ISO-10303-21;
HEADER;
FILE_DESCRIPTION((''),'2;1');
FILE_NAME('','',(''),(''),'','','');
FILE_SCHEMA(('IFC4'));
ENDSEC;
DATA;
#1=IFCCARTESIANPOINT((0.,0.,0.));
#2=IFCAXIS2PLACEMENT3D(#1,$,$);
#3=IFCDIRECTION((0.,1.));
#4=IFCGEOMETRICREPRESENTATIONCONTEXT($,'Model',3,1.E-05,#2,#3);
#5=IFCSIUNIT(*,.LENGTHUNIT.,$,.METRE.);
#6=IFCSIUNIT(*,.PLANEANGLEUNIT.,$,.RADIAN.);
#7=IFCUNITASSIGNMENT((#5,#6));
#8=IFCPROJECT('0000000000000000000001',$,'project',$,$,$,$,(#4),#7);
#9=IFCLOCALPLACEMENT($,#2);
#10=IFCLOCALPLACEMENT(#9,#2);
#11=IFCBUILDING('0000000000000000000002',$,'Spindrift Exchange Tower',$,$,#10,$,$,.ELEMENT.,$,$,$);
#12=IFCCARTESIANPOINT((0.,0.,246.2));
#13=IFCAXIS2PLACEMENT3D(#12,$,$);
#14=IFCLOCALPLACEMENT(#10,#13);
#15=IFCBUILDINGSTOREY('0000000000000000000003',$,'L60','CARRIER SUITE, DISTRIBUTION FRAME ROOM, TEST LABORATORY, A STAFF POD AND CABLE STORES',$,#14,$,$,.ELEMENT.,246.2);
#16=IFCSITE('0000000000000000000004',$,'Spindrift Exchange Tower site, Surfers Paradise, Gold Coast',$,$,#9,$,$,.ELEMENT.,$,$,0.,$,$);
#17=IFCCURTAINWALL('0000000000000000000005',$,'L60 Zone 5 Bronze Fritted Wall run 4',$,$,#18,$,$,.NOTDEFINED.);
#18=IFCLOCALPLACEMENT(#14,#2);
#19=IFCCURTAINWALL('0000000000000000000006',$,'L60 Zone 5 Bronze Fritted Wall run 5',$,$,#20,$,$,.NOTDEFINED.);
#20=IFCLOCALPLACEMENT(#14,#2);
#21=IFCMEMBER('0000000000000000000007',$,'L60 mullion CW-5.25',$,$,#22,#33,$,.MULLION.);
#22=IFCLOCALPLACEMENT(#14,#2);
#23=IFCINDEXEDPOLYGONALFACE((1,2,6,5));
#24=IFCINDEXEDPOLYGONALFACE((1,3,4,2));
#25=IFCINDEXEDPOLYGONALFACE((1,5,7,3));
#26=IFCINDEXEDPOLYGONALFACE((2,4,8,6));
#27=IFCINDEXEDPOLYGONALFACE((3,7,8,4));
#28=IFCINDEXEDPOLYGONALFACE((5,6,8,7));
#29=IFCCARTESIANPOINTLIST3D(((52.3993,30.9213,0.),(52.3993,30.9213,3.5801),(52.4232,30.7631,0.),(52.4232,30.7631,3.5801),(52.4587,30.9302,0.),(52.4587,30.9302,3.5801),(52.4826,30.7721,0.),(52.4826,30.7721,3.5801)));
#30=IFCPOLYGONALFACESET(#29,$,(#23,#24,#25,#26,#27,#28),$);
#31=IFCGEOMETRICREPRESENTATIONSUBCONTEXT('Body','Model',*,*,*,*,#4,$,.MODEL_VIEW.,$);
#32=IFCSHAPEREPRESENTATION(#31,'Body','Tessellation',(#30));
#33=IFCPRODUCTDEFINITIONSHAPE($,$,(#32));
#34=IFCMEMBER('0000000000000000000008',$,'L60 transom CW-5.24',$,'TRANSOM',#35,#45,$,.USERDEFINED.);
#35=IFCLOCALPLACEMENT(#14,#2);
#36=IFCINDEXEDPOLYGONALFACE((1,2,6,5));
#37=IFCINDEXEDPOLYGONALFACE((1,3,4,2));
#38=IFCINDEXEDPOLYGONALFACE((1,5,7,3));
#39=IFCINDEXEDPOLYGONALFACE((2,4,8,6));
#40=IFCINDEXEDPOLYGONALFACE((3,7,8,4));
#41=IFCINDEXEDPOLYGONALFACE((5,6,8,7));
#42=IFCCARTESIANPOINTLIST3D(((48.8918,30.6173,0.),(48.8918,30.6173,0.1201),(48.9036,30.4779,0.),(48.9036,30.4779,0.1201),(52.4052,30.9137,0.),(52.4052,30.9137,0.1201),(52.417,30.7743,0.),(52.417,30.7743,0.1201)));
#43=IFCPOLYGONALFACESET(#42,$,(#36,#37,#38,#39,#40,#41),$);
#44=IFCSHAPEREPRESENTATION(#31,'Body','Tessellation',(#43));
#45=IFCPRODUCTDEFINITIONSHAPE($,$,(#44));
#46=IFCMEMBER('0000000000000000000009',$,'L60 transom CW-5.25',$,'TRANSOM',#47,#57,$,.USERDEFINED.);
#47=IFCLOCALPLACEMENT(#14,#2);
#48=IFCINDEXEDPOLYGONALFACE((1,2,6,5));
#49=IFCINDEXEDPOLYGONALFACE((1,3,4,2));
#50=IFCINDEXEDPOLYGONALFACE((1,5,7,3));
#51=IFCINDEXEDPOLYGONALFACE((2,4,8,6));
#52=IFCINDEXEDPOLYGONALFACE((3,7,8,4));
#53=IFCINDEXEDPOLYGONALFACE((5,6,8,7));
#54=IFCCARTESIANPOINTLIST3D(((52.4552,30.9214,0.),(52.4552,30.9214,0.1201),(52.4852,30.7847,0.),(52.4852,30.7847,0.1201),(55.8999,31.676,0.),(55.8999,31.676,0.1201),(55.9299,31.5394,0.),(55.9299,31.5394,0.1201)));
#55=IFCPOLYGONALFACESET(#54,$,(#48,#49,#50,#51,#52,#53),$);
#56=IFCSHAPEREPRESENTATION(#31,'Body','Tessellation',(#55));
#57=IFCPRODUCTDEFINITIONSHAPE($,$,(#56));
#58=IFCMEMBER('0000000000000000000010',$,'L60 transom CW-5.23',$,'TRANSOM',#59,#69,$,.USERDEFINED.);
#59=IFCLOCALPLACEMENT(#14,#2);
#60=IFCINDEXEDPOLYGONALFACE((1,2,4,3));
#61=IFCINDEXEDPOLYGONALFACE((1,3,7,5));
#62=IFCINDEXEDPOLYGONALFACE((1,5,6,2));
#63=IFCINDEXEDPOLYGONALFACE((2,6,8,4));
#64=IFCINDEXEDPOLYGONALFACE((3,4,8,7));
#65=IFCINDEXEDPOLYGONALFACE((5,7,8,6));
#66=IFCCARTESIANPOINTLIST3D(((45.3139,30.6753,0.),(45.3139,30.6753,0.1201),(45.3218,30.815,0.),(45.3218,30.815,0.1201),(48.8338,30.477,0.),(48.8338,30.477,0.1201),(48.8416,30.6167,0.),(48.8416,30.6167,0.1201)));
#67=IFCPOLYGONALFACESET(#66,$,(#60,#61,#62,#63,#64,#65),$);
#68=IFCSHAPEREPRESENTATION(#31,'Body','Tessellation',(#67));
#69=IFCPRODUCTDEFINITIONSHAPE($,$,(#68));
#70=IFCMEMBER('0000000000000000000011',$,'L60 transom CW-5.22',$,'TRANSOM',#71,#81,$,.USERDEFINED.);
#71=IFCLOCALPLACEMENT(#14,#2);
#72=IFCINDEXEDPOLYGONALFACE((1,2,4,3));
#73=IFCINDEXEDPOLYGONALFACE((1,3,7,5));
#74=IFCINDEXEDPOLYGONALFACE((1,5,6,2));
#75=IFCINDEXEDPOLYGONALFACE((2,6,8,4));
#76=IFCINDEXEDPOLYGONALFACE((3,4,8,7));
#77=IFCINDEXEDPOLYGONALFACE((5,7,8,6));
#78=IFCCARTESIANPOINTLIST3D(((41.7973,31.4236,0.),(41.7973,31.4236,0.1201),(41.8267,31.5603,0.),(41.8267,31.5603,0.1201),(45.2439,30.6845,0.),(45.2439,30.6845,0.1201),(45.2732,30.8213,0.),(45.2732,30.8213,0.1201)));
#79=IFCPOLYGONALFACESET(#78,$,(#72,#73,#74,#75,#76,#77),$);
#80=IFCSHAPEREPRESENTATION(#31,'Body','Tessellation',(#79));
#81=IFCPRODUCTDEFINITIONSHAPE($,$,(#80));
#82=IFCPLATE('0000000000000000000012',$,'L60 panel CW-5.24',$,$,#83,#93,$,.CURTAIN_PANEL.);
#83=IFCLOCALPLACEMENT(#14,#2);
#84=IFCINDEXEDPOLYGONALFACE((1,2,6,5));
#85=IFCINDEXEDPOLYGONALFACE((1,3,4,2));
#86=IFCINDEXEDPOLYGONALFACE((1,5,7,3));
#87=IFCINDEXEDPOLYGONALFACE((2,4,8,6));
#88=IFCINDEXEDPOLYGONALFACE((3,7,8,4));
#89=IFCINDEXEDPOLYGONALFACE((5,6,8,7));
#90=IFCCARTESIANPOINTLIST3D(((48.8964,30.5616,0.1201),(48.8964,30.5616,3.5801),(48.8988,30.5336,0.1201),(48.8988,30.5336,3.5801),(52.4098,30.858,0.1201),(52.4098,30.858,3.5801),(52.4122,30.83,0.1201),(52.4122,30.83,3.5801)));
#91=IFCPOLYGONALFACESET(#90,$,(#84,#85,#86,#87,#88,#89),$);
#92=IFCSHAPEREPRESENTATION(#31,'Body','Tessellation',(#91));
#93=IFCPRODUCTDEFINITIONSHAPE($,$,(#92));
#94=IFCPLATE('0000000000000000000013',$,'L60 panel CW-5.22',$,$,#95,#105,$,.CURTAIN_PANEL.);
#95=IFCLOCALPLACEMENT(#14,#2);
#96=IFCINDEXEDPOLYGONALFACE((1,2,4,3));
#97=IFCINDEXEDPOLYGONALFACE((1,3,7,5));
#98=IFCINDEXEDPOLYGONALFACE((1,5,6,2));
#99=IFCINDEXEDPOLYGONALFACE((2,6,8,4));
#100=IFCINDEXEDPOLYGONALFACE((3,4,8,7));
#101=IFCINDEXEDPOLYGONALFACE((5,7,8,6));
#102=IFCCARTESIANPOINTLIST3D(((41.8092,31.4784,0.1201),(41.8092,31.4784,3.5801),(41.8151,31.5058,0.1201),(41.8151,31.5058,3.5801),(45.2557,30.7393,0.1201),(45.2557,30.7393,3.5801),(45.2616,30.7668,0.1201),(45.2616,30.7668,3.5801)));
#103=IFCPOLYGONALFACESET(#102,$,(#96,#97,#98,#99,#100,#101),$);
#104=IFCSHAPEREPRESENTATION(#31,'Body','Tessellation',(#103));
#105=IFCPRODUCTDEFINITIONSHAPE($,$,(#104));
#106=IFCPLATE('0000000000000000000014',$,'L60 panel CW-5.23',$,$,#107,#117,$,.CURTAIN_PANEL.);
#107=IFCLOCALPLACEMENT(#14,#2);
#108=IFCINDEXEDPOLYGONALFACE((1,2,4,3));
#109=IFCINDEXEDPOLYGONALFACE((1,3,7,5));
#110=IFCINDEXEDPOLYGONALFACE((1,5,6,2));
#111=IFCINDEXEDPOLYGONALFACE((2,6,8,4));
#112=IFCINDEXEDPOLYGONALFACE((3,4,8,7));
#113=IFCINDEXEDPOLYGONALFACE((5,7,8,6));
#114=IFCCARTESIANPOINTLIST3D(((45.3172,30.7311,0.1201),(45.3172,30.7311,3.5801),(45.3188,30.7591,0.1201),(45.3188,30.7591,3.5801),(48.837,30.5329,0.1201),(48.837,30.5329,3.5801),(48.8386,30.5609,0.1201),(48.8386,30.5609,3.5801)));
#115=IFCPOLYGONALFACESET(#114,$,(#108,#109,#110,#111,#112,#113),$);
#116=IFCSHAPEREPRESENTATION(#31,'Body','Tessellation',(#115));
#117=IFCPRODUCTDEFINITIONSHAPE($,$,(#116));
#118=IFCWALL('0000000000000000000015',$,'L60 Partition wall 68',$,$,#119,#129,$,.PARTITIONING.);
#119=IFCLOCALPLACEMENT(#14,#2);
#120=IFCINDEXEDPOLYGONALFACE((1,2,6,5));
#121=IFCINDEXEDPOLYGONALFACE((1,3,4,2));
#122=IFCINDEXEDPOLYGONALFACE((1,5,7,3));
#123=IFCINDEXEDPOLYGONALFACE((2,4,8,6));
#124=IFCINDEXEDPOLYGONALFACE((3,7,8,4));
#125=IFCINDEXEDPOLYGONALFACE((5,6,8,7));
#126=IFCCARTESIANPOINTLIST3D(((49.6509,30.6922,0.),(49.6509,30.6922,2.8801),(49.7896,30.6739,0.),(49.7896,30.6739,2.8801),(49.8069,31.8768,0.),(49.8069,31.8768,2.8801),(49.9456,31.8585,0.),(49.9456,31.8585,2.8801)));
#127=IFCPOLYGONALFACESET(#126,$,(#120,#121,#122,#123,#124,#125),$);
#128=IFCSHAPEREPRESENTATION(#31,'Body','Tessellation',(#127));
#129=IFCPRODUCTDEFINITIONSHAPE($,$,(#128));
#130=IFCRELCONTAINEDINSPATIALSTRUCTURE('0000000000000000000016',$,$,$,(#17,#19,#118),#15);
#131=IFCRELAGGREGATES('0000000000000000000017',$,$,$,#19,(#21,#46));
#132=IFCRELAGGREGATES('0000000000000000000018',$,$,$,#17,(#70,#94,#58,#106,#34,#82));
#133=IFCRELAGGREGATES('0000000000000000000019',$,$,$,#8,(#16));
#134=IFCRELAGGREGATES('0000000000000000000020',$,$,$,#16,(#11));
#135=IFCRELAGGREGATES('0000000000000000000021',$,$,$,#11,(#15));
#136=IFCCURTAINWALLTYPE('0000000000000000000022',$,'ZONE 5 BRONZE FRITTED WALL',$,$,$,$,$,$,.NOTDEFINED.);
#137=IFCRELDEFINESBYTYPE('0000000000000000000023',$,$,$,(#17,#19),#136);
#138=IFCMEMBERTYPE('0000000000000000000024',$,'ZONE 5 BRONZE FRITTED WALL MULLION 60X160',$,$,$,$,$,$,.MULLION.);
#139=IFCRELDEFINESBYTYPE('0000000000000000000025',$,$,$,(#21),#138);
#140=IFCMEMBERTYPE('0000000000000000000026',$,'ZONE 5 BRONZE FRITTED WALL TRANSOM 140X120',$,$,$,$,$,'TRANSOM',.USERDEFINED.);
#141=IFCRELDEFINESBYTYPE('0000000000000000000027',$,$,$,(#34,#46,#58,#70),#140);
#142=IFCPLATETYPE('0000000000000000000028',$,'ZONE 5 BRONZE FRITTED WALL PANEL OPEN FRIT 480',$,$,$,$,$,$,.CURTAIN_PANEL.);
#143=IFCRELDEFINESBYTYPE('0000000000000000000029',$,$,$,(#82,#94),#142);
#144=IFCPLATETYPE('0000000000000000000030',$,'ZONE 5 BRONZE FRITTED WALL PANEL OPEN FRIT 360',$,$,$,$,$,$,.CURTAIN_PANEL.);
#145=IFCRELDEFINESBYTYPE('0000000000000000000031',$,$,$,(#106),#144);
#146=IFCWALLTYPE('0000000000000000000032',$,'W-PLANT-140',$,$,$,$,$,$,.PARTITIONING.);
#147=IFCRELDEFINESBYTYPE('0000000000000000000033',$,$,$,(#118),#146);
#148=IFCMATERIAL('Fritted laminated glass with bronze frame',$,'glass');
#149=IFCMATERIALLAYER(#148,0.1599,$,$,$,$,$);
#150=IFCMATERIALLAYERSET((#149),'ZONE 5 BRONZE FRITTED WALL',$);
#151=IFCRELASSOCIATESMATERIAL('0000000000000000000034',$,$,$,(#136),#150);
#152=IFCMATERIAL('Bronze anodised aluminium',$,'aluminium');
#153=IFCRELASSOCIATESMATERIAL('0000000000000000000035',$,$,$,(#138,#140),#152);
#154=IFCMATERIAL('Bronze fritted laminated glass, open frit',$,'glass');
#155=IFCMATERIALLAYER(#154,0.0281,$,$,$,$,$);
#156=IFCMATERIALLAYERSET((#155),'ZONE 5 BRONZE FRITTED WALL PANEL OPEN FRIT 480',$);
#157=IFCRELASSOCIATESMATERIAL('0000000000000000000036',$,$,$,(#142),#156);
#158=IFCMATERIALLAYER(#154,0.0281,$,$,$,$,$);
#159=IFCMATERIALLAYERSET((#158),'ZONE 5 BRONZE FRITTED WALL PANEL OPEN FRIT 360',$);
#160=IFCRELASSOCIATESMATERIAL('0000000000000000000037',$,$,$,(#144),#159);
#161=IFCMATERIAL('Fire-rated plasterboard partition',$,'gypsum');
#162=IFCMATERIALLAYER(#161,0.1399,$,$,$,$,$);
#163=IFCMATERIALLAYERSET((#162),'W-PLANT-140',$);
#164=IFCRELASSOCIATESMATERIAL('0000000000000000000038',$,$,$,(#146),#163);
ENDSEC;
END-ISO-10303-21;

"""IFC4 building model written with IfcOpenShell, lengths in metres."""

from ifc_helpers import new_model, si_unit, direction, frame, frame_2d, origin, origin_2d, place, context, subcontext, project, spatial, rectangle, extrude, source, transform, mapped, material, layer, layer_set, material_profile, profile_set, type_object, element, aggregate, save


model = new_model("IFC4")

# Units and contexts
model_context = context("Model", 3, precision=1e-05, world=origin(), true_north=direction((0.0, 1.0)))
body_context = subcontext(model_context, "Body", "Model", "MODEL_VIEW")
ifc_project = project(units=[si_unit("LENGTHUNIT", "METRE"), si_unit("PLANEANGLEUNIT", "RADIAN")], contexts=[model_context])

# Site, building, storey
site_placement = place(None, origin())
site = spatial("IfcSite", under=ifc_project, at=site_placement, Name="Spindrift Exchange Tower site, Surfers Paradise, Gold Coast", CompositionType="ELEMENT", RefElevation=0.0)
building_placement = place(site_placement, origin())
building = spatial("IfcBuilding", under=site, at=building_placement, Name="Spindrift Exchange Tower", CompositionType="ELEMENT")
storey_placement = place(building_placement, frame((0.0, 0.0, 246.2)))
storey = spatial("IfcBuildingStorey", under=building, at=storey_placement, Name="L60", Description="CARRIER SUITE, DISTRIBUTION FRAME ROOM, TEST LABORATORY, A STAFF POD AND CABLE STORES", CompositionType="ELEMENT", Elevation=246.2)

# Curtain wall
ifc_material_1 = material(Name="Fritted laminated glass with bronze frame", Category="glass")
ifc_layer_1 = layer(ifc_material_1, 0.1599)
ifc_layer_set_1 = layer_set([ifc_layer_1], Name="ZONE 5 BRONZE FRITTED WALL")
curtain_wall_type = type_object("IfcCurtainWallType", Name="ZONE 5 BRONZE FRITTED WALL", PredefinedType="NOTDEFINED", material=ifc_layer_set_1)
curtain_wall_1_placement = place(storey_placement, origin())
curtain_wall_1 = element("IfcCurtainWall", 1, at=curtain_wall_1_placement, inside=storey, type_object=curtain_wall_type, Name="L60 Zone 5 Bronze Fritted Wall run 4", PredefinedType="NOTDEFINED")
ifc_material_2 = material(Name="Bronze anodised aluminium", Category="aluminium")
ifc_material_profile_1 = material_profile(ifc_material_2, rectangle(XDim=0.0601, YDim=0.1599, at=origin_2d()), Name="ZONE 5 BRONZE FRITTED WALL MULLION 60X160")
ifc_profile_set_1 = profile_set([ifc_material_profile_1], Name="Bronze anodised aluminium")
member_type_1 = type_object("IfcMemberType", Name="ZONE 5 BRONZE FRITTED WALL MULLION 60X160", PredefinedType="MULLION", material=ifc_profile_set_1)
shared_shape_1 = source(origin(), body_context, "Body", "SweptSolid", [
    extrude(rectangle(XDim=0.0601, YDim=0.1599, at=origin_2d()), origin(), (0.0, 0.0, 1.0), 3.5801),
])

# Curtain wall, member
curtain_wall_2_placement = place(storey_placement, origin())
curtain_wall_2 = element("IfcCurtainWall", 2, at=curtain_wall_2_placement, inside=storey, type_object=curtain_wall_type, Name="L60 Zone 5 Bronze Fritted Wall run 5", PredefinedType="NOTDEFINED")
member_1_placement = place(storey_placement, frame((52.4409, 30.8467, 0.0), z_axis=(0.0, 0.0, 1.0), x_axis=(0.988784, 0.149353, 0.0)))
member_1 = element("IfcMember", 3, at=member_1_placement, type_object=member_type_1, Name="L60 mullion CW-5.25", PredefinedType="MULLION", context=body_context, shape_type="MappedRepresentation", body=[
    mapped(shared_shape_1, transform((0.0, 0.0, 0.0), scale=1.0)),
])

# Members
ifc_material_profile_2 = material_profile(ifc_material_2, rectangle(XDim=0.1399, YDim=0.1201, at=origin_2d()), Name="ZONE 5 BRONZE FRITTED WALL TRANSOM 140X120")
ifc_profile_set_2 = profile_set([ifc_material_profile_2], Name="Bronze anodised aluminium")
member_type_2 = type_object("IfcMemberType", Name="ZONE 5 BRONZE FRITTED WALL TRANSOM 140X120", ElementType="TRANSOM", PredefinedType="USERDEFINED", material=ifc_profile_set_2)
shared_shape_2 = source(origin(), body_context, "Body", "SweptSolid", [
    extrude(rectangle(XDim=0.1399, YDim=0.1201, at=origin_2d()), origin(), (0.0, 0.0, 1.0), 3.5259),
])
member_2_placement = place(storey_placement, frame((48.8977, 30.5476, 0.0601), z_axis=(0.996461, 0.08406, 0.0), x_axis=(-0.08406, 0.996461, 0.0)))
member_2 = element("IfcMember", 4, at=member_2_placement, type_object=member_type_2, Name="L60 transom CW-5.24", ObjectType="TRANSOM", PredefinedType="USERDEFINED", context=body_context, shape_type="MappedRepresentation", body=[
    mapped(shared_shape_2, transform((0.0, 0.0, 0.0), scale=1.0)),
])
shared_shape_3 = source(origin(), body_context, "Body", "SweptSolid", [
    extrude(rectangle(XDim=0.1399, YDim=0.1201, at=origin_2d()), origin(), (0.0, 0.0, 1.0), 3.5264),
])
member_3_placement = place(storey_placement, frame((52.4702, 30.853, 0.0601), z_axis=(0.976833, 0.214005, 0.0), x_axis=(-0.214005, 0.976833, 0.0)))
member_3 = element("IfcMember", 5, at=member_3_placement, type_object=member_type_2, Name="L60 transom CW-5.25", ObjectType="TRANSOM", PredefinedType="USERDEFINED", context=body_context, shape_type="MappedRepresentation", body=[
    mapped(shared_shape_3, transform((0.0, 0.0, 0.0), scale=1.0)),
])
aggregate(curtain_wall_2, [member_1, member_3])
shared_shape_4 = source(origin(), body_context, "Body", "SweptSolid", [
    extrude(rectangle(XDim=0.1399, YDim=0.1201, at=origin_2d()), origin(), (0.0, 0.0, 1.0), 3.5254),
])
member_4_placement = place(storey_placement, frame((45.3179, 30.7451, 0.0601), z_axis=(0.998418, -0.056233, 0.0), x_axis=(0.056233, 0.998418, 0.0)))
member_4 = element("IfcMember", 6, at=member_4_placement, type_object=member_type_2, Name="L60 transom CW-5.23", ObjectType="TRANSOM", PredefinedType="USERDEFINED", context=body_context, shape_type="MappedRepresentation", body=[
    mapped(shared_shape_4, transform((0.0, 0.0, 0.0), scale=1.0)),
])
shared_shape_5 = source(origin(), body_context, "Body", "SweptSolid", [
    extrude(rectangle(XDim=0.1399, YDim=0.1201, at=origin_2d()), origin(), (0.0, 0.0, 1.0), 3.5249),
])
member_5_placement = place(storey_placement, frame((41.812, 31.4919, 0.0601), z_axis=(0.977775, -0.209657, 0.0), x_axis=(0.209657, 0.977775, 0.0)))
member_5 = element("IfcMember", 7, at=member_5_placement, type_object=member_type_2, Name="L60 transom CW-5.22", ObjectType="TRANSOM", PredefinedType="USERDEFINED", context=body_context, shape_type="MappedRepresentation", body=[
    mapped(shared_shape_5, transform((0.0, 0.0, 0.0), scale=1.0)),
])

# Plates
ifc_material_3 = material(Name="Bronze fritted laminated glass, open frit", Category="glass")
ifc_layer_2 = layer(ifc_material_3, 0.0281)
ifc_layer_set_2 = layer_set([ifc_layer_2], Name="ZONE 5 BRONZE FRITTED WALL PANEL OPEN FRIT 480")
plate_type_1 = type_object("IfcPlateType", Name="ZONE 5 BRONZE FRITTED WALL PANEL OPEN FRIT 480", PredefinedType="CURTAIN_PANEL", material=ifc_layer_set_2)
shared_shape_6 = source(origin(), body_context, "Body", "SweptSolid", [
    extrude(rectangle(XDim=3.5259, YDim=0.0281, at=origin_2d()), origin(), (0.0, 0.0, 1.0), 3.46),
])
plate_1_placement = place(storey_placement, frame((50.6543, 30.6958, 0.1201), z_axis=(0.0, 0.0, 1.0), x_axis=(0.996459, 0.084078, 0.0)))
plate_1 = element("IfcPlate", 8, at=plate_1_placement, type_object=plate_type_1, Name="L60 panel CW-5.24", PredefinedType="CURTAIN_PANEL", context=body_context, shape_type="MappedRepresentation", body=[
    mapped(shared_shape_6, transform((0.0, 0.0, 0.0), scale=1.0)),
])
shared_shape_7 = source(origin(), body_context, "Body", "SweptSolid", [
    extrude(rectangle(XDim=3.5249, YDim=0.0281, at=origin_2d()), origin(), (0.0, 0.0, 1.0), 3.46),
])
plate_2_placement = place(storey_placement, frame((43.5354, 31.1226, 0.1201), z_axis=(0.0, 0.0, 1.0), x_axis=(0.977773, -0.209665, 0.0)))
plate_2 = element("IfcPlate", 9, at=plate_2_placement, type_object=plate_type_1, Name="L60 panel CW-5.22", PredefinedType="CURTAIN_PANEL", context=body_context, shape_type="MappedRepresentation", body=[
    mapped(shared_shape_7, transform((0.0, 0.0, 0.0), scale=1.0)),
])
ifc_layer_3 = layer(ifc_material_3, 0.0281)
ifc_layer_set_3 = layer_set([ifc_layer_3], Name="ZONE 5 BRONZE FRITTED WALL PANEL OPEN FRIT 360")
plate_type_2 = type_object("IfcPlateType", Name="ZONE 5 BRONZE FRITTED WALL PANEL OPEN FRIT 360", PredefinedType="CURTAIN_PANEL", material=ifc_layer_set_3)
shared_shape_8 = source(origin(), body_context, "Body", "SweptSolid", [
    extrude(rectangle(XDim=3.5254, YDim=0.0281, at=origin_2d()), origin(), (0.0, 0.0, 1.0), 3.46),
])
plate_3_placement = place(storey_placement, frame((47.0779, 30.646, 0.1201), z_axis=(0.0, 0.0, 1.0), x_axis=(0.998418, -0.056228, 0.0)))
plate_3 = element("IfcPlate", 10, at=plate_3_placement, type_object=plate_type_2, Name="L60 panel CW-5.23", PredefinedType="CURTAIN_PANEL", context=body_context, shape_type="MappedRepresentation", body=[
    mapped(shared_shape_8, transform((0.0, 0.0, 0.0), scale=1.0)),
])
aggregate(curtain_wall_1, [member_5, plate_2, member_4, plate_3, member_2, plate_1])

# Wall
ifc_material_4 = material(Name="Fire-rated plasterboard partition", Category="gypsum")
ifc_layer_4 = layer(ifc_material_4, 0.1399)
ifc_layer_set_4 = layer_set([ifc_layer_4], Name="W-PLANT-140")
wall_type = type_object("IfcWallType", Name="W-PLANT-140", PredefinedType="PARTITIONING", material=ifc_layer_set_4)
wall_placement = place(storey_placement, frame((49.8762, 31.8677, 0.0), z_axis=(0.0, 0.0, 1.0), x_axis=(-0.130571, -0.991439, 0.0)))
element("IfcWall", 11, at=wall_placement, inside=storey, type_object=wall_type, Name="L60 Partition wall 68", PredefinedType="PARTITIONING", context=body_context, shape_type="SweptSolid", body=[
    extrude(rectangle(XDim=1.1948, YDim=0.1399, at=frame_2d((0.5974, 0.0))), origin(), (0.0, 0.0, 1.0), 2.8801),
])

save(model, "model.ifc")
